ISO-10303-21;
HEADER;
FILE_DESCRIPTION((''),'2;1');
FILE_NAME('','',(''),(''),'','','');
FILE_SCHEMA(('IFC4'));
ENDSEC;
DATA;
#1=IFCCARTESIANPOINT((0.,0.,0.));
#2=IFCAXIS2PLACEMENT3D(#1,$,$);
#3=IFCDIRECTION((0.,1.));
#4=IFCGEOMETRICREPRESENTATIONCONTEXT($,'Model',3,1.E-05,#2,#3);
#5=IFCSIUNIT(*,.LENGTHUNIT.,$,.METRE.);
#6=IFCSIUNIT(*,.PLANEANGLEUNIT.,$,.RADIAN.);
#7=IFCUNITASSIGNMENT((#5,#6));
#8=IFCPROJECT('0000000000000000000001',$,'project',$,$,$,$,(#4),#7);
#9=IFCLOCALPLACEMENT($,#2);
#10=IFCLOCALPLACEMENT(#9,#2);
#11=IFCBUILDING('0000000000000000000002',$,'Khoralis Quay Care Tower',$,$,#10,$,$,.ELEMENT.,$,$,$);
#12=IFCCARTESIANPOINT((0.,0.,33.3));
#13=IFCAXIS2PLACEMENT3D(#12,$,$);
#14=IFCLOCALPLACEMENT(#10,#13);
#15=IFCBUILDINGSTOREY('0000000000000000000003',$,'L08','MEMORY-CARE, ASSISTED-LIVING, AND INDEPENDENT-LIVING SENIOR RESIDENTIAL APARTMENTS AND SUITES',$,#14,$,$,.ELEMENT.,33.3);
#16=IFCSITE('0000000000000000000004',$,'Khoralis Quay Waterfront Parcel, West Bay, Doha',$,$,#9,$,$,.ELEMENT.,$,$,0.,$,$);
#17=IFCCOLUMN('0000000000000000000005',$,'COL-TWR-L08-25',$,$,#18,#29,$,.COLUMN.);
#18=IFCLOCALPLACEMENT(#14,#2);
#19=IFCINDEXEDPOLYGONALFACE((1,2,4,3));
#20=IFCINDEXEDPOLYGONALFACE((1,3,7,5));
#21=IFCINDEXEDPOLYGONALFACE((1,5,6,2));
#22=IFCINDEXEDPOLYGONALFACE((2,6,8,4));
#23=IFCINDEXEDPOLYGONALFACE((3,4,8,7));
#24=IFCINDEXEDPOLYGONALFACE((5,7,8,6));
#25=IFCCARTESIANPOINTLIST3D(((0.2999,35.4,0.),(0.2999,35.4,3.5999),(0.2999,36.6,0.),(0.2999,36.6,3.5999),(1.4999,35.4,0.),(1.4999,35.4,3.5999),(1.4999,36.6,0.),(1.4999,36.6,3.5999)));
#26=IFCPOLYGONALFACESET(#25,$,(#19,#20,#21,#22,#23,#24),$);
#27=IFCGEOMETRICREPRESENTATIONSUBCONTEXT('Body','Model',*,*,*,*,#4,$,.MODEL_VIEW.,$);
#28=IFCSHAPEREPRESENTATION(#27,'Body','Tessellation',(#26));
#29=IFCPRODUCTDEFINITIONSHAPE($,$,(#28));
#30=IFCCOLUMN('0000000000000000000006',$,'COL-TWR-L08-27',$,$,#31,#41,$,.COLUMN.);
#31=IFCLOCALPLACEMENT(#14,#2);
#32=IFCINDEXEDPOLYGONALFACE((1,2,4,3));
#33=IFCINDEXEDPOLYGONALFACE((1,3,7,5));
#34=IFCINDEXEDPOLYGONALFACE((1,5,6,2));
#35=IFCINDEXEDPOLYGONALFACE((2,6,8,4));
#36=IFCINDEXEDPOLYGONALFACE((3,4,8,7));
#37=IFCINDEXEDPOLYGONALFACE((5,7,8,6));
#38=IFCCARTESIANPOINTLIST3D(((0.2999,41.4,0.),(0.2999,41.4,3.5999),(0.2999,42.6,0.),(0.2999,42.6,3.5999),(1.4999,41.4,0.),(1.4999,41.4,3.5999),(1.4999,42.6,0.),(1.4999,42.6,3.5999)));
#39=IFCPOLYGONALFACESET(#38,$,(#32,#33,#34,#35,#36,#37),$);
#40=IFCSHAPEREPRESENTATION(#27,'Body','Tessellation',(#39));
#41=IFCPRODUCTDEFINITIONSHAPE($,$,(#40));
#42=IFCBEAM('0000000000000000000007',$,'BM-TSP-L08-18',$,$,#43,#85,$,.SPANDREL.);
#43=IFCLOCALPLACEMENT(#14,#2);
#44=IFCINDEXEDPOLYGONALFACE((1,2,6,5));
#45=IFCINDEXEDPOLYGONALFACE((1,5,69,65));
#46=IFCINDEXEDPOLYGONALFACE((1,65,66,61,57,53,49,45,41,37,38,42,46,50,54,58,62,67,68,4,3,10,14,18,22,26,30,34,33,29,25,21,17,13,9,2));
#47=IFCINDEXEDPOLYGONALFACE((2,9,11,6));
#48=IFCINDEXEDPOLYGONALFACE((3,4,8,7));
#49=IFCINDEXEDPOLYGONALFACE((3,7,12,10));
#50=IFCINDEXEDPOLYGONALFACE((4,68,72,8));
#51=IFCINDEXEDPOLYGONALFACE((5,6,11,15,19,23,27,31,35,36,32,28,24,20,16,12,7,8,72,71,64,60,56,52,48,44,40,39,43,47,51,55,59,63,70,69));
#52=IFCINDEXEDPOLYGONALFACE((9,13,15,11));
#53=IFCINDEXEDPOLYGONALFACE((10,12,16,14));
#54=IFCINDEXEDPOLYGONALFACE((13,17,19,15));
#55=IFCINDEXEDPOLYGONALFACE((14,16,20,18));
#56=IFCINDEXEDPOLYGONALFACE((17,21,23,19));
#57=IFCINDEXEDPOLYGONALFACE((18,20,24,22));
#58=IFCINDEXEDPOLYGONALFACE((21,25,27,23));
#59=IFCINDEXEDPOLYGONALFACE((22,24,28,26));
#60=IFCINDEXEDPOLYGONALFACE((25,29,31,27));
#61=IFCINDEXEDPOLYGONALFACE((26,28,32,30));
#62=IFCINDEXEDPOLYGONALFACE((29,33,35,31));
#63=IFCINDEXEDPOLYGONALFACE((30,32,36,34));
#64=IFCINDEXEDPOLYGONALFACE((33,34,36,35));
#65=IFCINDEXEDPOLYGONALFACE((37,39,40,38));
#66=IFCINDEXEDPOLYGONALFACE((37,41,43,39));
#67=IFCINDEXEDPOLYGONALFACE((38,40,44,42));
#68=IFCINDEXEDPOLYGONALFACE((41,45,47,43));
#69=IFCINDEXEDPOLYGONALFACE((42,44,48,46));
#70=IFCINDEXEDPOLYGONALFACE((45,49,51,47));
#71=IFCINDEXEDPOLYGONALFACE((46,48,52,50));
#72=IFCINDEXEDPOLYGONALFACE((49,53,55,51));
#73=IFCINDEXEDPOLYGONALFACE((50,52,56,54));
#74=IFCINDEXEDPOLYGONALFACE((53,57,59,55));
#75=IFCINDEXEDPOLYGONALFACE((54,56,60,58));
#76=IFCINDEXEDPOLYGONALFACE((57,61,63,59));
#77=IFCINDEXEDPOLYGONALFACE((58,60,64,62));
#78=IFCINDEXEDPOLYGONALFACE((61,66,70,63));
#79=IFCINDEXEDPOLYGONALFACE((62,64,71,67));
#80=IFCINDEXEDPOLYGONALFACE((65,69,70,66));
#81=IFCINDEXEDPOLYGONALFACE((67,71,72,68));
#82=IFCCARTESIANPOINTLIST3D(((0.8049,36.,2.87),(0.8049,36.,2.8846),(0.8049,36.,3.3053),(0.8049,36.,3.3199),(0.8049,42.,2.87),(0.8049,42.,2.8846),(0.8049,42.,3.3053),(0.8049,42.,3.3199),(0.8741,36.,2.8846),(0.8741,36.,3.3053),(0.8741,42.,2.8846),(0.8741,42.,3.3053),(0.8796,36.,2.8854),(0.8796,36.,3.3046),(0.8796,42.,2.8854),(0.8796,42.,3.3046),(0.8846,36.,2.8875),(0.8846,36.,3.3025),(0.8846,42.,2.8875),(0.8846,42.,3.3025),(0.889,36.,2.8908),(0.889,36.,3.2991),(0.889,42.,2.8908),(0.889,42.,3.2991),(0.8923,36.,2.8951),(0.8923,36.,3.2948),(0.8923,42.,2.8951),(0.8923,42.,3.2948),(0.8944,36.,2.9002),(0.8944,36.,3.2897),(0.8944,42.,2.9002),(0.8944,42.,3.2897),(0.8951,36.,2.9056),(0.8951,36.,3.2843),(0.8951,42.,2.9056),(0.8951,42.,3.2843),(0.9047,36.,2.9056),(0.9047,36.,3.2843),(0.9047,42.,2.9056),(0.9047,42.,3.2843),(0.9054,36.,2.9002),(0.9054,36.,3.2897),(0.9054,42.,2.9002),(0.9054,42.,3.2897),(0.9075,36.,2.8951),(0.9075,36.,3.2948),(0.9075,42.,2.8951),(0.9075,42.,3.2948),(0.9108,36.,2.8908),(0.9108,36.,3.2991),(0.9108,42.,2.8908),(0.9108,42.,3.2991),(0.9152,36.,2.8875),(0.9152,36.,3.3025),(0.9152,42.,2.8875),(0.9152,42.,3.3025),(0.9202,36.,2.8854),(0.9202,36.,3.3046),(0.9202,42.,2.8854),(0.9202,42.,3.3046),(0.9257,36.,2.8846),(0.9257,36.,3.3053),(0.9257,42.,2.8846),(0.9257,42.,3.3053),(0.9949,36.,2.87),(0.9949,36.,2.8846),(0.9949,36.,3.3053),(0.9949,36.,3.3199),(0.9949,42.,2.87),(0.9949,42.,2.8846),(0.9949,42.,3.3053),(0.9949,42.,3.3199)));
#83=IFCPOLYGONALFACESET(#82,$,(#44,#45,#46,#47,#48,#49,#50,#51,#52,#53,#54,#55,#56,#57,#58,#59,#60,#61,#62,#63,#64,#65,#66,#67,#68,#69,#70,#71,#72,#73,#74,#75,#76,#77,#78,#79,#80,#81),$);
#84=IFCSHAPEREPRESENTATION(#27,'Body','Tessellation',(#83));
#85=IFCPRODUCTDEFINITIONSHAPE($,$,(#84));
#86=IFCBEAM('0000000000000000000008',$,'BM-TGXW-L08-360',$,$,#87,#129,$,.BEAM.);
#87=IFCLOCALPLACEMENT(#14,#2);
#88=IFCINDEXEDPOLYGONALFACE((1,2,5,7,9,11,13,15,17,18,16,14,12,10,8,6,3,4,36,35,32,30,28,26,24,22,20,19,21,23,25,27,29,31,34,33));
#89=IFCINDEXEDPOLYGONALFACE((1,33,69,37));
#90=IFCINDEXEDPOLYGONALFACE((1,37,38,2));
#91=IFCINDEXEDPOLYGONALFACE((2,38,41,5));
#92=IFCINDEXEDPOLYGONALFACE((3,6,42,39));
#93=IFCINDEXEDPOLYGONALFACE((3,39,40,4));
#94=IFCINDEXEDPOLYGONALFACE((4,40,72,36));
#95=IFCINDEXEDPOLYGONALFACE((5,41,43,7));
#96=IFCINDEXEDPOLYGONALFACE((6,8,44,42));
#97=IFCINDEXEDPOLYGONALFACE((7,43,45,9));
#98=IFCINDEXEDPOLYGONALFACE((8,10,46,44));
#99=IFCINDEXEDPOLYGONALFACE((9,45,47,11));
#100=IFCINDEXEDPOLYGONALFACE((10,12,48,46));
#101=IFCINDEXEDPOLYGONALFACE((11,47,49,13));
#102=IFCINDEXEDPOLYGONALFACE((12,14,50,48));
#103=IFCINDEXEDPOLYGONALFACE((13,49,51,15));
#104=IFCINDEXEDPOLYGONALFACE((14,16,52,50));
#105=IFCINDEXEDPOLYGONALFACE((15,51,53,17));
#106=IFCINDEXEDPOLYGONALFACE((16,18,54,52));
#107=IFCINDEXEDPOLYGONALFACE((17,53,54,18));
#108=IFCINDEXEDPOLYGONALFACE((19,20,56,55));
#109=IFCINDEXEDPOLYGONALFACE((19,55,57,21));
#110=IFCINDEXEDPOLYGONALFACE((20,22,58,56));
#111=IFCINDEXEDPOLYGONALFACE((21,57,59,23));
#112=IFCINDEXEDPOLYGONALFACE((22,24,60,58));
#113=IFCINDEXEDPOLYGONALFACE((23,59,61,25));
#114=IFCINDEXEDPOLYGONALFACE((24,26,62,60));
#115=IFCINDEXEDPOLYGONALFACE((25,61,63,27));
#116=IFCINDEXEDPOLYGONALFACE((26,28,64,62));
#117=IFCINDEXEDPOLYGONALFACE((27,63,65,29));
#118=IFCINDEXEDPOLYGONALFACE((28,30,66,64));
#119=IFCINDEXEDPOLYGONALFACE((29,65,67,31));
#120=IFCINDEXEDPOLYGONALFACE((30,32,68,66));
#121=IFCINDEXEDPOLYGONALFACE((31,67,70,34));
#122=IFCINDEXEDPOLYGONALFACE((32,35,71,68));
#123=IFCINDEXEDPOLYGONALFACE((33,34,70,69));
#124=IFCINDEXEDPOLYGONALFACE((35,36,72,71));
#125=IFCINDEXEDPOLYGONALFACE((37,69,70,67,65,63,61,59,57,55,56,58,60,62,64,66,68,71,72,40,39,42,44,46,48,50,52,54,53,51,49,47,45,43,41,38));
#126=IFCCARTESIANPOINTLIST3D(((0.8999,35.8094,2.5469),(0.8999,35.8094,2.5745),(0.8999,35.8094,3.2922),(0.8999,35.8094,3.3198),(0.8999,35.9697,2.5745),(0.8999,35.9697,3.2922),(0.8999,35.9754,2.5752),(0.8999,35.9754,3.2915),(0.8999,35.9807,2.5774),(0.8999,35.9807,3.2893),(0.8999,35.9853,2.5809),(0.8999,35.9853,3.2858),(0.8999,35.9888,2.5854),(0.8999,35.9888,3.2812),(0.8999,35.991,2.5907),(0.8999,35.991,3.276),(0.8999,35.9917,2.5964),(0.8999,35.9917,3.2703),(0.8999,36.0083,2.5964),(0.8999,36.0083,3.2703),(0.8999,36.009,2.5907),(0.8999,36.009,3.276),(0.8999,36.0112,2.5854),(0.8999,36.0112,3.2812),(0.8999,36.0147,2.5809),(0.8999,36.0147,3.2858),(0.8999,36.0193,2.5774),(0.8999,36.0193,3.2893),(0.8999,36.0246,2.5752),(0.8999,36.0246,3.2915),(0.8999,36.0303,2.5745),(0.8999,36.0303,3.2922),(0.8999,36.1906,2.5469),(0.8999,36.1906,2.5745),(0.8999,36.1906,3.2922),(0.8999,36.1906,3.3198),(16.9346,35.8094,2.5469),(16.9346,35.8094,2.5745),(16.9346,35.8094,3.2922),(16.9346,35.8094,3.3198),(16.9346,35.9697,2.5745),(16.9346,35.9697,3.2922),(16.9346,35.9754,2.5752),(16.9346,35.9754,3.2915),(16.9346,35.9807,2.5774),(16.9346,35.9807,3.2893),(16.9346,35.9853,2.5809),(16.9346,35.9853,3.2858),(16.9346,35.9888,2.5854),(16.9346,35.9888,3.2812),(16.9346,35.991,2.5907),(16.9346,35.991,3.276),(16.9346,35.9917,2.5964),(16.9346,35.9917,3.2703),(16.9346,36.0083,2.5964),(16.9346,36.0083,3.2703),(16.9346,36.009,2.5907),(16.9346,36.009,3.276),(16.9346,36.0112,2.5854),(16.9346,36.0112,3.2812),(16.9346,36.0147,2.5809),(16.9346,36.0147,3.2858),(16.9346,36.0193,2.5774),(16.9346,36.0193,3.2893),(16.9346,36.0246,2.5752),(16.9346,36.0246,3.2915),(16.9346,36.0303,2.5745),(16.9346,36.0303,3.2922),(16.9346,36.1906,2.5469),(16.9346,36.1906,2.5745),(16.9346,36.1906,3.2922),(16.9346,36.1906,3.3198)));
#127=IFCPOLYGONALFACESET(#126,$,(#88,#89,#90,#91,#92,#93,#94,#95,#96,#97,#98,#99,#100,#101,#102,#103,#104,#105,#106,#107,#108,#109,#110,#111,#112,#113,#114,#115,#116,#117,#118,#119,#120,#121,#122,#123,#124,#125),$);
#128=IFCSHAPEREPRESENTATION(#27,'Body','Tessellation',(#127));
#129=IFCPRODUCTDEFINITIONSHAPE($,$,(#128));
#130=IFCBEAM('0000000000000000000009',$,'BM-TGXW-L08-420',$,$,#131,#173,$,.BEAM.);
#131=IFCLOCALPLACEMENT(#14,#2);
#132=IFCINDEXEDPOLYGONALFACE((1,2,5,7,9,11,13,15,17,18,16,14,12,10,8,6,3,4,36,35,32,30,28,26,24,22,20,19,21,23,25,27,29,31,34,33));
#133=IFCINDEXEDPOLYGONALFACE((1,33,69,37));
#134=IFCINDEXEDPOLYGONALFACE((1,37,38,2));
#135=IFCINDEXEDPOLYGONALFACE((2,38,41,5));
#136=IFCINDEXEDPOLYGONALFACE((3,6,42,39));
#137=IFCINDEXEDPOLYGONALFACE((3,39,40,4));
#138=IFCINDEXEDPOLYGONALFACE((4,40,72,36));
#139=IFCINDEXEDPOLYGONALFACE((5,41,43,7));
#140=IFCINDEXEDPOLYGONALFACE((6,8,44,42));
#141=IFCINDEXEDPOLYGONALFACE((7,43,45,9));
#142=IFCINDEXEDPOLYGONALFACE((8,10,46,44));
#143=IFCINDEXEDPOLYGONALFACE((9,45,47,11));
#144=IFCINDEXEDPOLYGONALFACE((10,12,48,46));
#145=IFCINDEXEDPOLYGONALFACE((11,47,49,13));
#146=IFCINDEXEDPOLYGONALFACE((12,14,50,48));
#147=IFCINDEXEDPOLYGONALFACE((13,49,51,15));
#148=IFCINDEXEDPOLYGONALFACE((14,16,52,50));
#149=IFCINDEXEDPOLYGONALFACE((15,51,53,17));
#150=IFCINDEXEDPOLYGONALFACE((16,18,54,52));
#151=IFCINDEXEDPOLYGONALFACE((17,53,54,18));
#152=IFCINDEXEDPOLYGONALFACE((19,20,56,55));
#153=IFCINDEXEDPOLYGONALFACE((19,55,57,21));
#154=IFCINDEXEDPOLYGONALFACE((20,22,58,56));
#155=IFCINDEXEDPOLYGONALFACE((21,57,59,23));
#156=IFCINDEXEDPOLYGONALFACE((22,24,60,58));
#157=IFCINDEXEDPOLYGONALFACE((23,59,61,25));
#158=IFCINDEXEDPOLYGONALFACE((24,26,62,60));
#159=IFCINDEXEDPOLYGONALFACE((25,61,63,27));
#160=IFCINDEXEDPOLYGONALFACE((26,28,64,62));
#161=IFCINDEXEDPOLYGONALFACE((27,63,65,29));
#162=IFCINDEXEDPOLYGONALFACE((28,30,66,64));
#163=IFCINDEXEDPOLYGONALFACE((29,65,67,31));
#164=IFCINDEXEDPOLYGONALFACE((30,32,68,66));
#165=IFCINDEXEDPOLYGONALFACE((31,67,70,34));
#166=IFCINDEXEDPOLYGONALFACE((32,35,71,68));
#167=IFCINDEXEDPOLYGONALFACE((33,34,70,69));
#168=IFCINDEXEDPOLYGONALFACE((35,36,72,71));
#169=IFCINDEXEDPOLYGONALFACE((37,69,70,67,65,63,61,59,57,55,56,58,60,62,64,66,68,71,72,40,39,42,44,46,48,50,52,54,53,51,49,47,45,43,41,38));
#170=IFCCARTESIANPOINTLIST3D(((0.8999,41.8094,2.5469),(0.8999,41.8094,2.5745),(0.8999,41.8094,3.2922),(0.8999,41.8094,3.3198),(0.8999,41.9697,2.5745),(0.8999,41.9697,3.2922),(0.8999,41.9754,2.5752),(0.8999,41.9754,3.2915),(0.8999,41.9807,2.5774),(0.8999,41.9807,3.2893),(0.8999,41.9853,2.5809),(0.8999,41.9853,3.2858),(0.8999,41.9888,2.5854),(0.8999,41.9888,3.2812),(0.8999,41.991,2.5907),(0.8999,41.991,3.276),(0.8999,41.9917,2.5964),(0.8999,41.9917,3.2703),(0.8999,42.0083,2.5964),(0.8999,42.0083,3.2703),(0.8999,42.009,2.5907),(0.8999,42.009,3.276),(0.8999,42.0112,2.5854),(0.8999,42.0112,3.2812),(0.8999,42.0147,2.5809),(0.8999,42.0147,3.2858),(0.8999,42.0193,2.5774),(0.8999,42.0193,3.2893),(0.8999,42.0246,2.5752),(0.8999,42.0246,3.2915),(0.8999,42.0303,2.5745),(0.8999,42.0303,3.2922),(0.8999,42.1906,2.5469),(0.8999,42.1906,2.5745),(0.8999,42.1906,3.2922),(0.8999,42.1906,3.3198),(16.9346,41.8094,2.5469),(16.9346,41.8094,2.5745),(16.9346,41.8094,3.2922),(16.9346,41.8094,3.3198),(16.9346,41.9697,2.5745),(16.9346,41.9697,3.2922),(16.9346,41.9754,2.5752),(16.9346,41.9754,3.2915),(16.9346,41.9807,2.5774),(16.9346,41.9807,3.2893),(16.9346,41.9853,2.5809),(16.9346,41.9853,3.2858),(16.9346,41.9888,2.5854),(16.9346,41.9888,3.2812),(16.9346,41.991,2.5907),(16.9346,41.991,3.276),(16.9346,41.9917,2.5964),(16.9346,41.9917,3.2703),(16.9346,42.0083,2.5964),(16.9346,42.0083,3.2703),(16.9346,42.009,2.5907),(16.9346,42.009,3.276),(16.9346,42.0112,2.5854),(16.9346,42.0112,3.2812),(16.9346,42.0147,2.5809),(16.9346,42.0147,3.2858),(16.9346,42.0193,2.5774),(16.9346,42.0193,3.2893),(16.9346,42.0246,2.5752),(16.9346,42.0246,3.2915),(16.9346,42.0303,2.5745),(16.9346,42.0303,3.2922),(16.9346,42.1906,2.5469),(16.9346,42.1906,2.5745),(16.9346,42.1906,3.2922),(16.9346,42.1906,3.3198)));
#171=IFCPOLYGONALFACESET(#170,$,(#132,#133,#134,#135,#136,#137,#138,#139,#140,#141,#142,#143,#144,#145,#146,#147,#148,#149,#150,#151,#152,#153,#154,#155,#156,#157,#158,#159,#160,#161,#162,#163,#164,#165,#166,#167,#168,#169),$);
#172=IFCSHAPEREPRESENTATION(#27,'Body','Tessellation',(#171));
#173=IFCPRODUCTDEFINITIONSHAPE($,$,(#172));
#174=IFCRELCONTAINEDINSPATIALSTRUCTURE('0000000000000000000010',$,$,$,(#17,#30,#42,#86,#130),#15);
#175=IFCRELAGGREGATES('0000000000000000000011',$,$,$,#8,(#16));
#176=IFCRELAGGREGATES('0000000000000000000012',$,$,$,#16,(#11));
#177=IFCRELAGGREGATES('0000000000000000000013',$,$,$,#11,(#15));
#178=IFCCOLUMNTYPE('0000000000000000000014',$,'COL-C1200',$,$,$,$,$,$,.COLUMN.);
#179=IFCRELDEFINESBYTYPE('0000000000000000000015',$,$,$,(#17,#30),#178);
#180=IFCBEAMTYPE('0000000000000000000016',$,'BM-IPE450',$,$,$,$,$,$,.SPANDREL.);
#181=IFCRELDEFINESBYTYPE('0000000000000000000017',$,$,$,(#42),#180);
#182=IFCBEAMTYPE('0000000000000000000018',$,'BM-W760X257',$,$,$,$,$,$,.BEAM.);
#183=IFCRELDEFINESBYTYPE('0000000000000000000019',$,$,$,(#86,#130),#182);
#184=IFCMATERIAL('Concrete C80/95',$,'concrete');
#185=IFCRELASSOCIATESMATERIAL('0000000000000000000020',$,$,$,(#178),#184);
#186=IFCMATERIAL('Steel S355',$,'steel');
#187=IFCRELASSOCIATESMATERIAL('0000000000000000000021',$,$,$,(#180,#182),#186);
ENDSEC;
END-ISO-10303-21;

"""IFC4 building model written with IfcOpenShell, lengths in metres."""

from ifc_helpers import new_model, si_unit, direction, frame, origin, origin_2d, place, context, subcontext, project, spatial, rectangle, i_section, extrude, source, transform, mapped, material, material_profile, profile_set, type_object, element, save


model = new_model("IFC4")

# Units and contexts
model_context = context("Model", 3, precision=1e-05, world=origin(), true_north=direction((0.0, 1.0)))
body_context = subcontext(model_context, "Body", "Model", "MODEL_VIEW")
ifc_project = project(units=[si_unit("LENGTHUNIT", "METRE"), si_unit("PLANEANGLEUNIT", "RADIAN")], contexts=[model_context])

# Site, building, storey
site_placement = place(None, origin())
site = spatial("IfcSite", under=ifc_project, at=site_placement, Name="Khoralis Quay Waterfront Parcel, West Bay, Doha", CompositionType="ELEMENT", RefElevation=0.0)
building_placement = place(site_placement, origin())
building = spatial("IfcBuilding", under=site, at=building_placement, Name="Khoralis Quay Care Tower", CompositionType="ELEMENT")
storey_placement = place(building_placement, frame((0.0, 0.0, 33.3)))
storey = spatial("IfcBuildingStorey", under=building, at=storey_placement, Name="L08", Description="MEMORY-CARE, ASSISTED-LIVING, AND INDEPENDENT-LIVING SENIOR RESIDENTIAL APARTMENTS AND SUITES", CompositionType="ELEMENT", Elevation=33.3)

# Columns
ifc_material_1 = material(Name="Concrete C80/95", Category="concrete")
ifc_material_profile_1 = material_profile(ifc_material_1, rectangle(XDim=1.2, YDim=1.2, at=origin_2d()), Name="Concrete C80/95")
ifc_profile_set_1 = profile_set([ifc_material_profile_1], Name="Concrete C80/95")
column_type = type_object("IfcColumnType", Name="COL-C1200", PredefinedType="COLUMN", material=ifc_profile_set_1)
shared_shape_1 = source(origin(), body_context, "Body", "SweptSolid", [
    extrude(rectangle(XDim=1.2, YDim=1.2, at=origin_2d()), origin(), (0.0, 0.0, 1.0), 3.5999),
])
for number, where, z_axis, x_axis, name in (
    (1, (0.8999, 36.0, 0.0), (0.0, 0.0, 1.0), (1.0, 0.0, 0.0), "COL-TWR-L08-25"),
    (2, (0.8999, 42.0, 0.0), (0.0, 0.0, 1.0), (1.0, 0.0, 0.0), "COL-TWR-L08-27"),
):
    element("IfcColumn", number, at=place(storey_placement, frame(where, z_axis=z_axis, x_axis=x_axis)), inside=storey, type_object=column_type, Name=name, PredefinedType="COLUMN", context=body_context, shape_type="MappedRepresentation", body=[
        mapped(shared_shape_1, transform((0.0, 0.0, 0.0), scale=1.0)),
    ])

# Beams
ifc_material_2 = material(Name="Steel S355", Category="steel")
ifc_material_profile_2 = material_profile(ifc_material_2, i_section(OverallWidth=0.1899, OverallDepth=0.45, WebThickness=0.0095, FlangeThickness=0.0146, FilletRadius=0.021, at=origin_2d()), Name="Steel S355")
ifc_profile_set_2 = profile_set([ifc_material_profile_2], Name="Steel S355")
beam_type_1 = type_object("IfcBeamType", Name="BM-IPE450", PredefinedType="SPANDREL", material=ifc_profile_set_2)
shared_shape_2 = source(origin(), body_context, "Body", "SweptSolid", [
    extrude(i_section(OverallWidth=0.1899, OverallDepth=0.45, WebThickness=0.0095, FlangeThickness=0.0146, FilletRadius=0.021, at=origin_2d()), origin(), (0.0, 0.0, 1.0), 6.0),
])
beam_1_placement = place(storey_placement, frame((0.8999, 36.0, 3.095), z_axis=(0.0, 1.0, 0.0), x_axis=(-1.0, 0.0, 0.0)))
element("IfcBeam", 3, at=beam_1_placement, inside=storey, type_object=beam_type_1, Name="BM-TSP-L08-18", PredefinedType="SPANDREL", context=body_context, shape_type="MappedRepresentation", body=[
    mapped(shared_shape_2, transform((0.0, 0.0, 0.0), scale=1.0)),
])
ifc_material_profile_3 = material_profile(ifc_material_2, i_section(OverallWidth=0.3811, OverallDepth=0.7729, WebThickness=0.0166, FlangeThickness=0.0276, FilletRadius=0.022, at=origin_2d()), Name="Steel S355")
ifc_profile_set_3 = profile_set([ifc_material_profile_3], Name="Steel S355")
beam_type_2 = type_object("IfcBeamType", Name="BM-W760X257", PredefinedType="BEAM", material=ifc_profile_set_3)
shared_shape_3 = source(origin(), body_context, "Body", "SweptSolid", [
    extrude(i_section(OverallWidth=0.3811, OverallDepth=0.7729, WebThickness=0.0166, FlangeThickness=0.0276, FilletRadius=0.022, at=origin_2d()), origin(), (0.0, 0.0, 1.0), 16.0347),
])
for number, where, z_axis, x_axis, name in (
    (4, (0.8999, 36.0, 2.9333), (1.0, 0.0, 0.0), (0.0, 1.0, 0.0), "BM-TGXW-L08-360"),
    (5, (0.8999, 42.0, 2.9333), (1.0, 0.0, 0.0), (0.0, 1.0, 0.0), "BM-TGXW-L08-420"),
):
    element("IfcBeam", number, at=place(storey_placement, frame(where, z_axis=z_axis, x_axis=x_axis)), inside=storey, type_object=beam_type_2, Name=name, PredefinedType="BEAM", context=body_context, shape_type="MappedRepresentation", body=[
        mapped(shared_shape_3, transform((0.0, 0.0, 0.0), scale=1.0)),
    ])

save(model, "model.ifc")
